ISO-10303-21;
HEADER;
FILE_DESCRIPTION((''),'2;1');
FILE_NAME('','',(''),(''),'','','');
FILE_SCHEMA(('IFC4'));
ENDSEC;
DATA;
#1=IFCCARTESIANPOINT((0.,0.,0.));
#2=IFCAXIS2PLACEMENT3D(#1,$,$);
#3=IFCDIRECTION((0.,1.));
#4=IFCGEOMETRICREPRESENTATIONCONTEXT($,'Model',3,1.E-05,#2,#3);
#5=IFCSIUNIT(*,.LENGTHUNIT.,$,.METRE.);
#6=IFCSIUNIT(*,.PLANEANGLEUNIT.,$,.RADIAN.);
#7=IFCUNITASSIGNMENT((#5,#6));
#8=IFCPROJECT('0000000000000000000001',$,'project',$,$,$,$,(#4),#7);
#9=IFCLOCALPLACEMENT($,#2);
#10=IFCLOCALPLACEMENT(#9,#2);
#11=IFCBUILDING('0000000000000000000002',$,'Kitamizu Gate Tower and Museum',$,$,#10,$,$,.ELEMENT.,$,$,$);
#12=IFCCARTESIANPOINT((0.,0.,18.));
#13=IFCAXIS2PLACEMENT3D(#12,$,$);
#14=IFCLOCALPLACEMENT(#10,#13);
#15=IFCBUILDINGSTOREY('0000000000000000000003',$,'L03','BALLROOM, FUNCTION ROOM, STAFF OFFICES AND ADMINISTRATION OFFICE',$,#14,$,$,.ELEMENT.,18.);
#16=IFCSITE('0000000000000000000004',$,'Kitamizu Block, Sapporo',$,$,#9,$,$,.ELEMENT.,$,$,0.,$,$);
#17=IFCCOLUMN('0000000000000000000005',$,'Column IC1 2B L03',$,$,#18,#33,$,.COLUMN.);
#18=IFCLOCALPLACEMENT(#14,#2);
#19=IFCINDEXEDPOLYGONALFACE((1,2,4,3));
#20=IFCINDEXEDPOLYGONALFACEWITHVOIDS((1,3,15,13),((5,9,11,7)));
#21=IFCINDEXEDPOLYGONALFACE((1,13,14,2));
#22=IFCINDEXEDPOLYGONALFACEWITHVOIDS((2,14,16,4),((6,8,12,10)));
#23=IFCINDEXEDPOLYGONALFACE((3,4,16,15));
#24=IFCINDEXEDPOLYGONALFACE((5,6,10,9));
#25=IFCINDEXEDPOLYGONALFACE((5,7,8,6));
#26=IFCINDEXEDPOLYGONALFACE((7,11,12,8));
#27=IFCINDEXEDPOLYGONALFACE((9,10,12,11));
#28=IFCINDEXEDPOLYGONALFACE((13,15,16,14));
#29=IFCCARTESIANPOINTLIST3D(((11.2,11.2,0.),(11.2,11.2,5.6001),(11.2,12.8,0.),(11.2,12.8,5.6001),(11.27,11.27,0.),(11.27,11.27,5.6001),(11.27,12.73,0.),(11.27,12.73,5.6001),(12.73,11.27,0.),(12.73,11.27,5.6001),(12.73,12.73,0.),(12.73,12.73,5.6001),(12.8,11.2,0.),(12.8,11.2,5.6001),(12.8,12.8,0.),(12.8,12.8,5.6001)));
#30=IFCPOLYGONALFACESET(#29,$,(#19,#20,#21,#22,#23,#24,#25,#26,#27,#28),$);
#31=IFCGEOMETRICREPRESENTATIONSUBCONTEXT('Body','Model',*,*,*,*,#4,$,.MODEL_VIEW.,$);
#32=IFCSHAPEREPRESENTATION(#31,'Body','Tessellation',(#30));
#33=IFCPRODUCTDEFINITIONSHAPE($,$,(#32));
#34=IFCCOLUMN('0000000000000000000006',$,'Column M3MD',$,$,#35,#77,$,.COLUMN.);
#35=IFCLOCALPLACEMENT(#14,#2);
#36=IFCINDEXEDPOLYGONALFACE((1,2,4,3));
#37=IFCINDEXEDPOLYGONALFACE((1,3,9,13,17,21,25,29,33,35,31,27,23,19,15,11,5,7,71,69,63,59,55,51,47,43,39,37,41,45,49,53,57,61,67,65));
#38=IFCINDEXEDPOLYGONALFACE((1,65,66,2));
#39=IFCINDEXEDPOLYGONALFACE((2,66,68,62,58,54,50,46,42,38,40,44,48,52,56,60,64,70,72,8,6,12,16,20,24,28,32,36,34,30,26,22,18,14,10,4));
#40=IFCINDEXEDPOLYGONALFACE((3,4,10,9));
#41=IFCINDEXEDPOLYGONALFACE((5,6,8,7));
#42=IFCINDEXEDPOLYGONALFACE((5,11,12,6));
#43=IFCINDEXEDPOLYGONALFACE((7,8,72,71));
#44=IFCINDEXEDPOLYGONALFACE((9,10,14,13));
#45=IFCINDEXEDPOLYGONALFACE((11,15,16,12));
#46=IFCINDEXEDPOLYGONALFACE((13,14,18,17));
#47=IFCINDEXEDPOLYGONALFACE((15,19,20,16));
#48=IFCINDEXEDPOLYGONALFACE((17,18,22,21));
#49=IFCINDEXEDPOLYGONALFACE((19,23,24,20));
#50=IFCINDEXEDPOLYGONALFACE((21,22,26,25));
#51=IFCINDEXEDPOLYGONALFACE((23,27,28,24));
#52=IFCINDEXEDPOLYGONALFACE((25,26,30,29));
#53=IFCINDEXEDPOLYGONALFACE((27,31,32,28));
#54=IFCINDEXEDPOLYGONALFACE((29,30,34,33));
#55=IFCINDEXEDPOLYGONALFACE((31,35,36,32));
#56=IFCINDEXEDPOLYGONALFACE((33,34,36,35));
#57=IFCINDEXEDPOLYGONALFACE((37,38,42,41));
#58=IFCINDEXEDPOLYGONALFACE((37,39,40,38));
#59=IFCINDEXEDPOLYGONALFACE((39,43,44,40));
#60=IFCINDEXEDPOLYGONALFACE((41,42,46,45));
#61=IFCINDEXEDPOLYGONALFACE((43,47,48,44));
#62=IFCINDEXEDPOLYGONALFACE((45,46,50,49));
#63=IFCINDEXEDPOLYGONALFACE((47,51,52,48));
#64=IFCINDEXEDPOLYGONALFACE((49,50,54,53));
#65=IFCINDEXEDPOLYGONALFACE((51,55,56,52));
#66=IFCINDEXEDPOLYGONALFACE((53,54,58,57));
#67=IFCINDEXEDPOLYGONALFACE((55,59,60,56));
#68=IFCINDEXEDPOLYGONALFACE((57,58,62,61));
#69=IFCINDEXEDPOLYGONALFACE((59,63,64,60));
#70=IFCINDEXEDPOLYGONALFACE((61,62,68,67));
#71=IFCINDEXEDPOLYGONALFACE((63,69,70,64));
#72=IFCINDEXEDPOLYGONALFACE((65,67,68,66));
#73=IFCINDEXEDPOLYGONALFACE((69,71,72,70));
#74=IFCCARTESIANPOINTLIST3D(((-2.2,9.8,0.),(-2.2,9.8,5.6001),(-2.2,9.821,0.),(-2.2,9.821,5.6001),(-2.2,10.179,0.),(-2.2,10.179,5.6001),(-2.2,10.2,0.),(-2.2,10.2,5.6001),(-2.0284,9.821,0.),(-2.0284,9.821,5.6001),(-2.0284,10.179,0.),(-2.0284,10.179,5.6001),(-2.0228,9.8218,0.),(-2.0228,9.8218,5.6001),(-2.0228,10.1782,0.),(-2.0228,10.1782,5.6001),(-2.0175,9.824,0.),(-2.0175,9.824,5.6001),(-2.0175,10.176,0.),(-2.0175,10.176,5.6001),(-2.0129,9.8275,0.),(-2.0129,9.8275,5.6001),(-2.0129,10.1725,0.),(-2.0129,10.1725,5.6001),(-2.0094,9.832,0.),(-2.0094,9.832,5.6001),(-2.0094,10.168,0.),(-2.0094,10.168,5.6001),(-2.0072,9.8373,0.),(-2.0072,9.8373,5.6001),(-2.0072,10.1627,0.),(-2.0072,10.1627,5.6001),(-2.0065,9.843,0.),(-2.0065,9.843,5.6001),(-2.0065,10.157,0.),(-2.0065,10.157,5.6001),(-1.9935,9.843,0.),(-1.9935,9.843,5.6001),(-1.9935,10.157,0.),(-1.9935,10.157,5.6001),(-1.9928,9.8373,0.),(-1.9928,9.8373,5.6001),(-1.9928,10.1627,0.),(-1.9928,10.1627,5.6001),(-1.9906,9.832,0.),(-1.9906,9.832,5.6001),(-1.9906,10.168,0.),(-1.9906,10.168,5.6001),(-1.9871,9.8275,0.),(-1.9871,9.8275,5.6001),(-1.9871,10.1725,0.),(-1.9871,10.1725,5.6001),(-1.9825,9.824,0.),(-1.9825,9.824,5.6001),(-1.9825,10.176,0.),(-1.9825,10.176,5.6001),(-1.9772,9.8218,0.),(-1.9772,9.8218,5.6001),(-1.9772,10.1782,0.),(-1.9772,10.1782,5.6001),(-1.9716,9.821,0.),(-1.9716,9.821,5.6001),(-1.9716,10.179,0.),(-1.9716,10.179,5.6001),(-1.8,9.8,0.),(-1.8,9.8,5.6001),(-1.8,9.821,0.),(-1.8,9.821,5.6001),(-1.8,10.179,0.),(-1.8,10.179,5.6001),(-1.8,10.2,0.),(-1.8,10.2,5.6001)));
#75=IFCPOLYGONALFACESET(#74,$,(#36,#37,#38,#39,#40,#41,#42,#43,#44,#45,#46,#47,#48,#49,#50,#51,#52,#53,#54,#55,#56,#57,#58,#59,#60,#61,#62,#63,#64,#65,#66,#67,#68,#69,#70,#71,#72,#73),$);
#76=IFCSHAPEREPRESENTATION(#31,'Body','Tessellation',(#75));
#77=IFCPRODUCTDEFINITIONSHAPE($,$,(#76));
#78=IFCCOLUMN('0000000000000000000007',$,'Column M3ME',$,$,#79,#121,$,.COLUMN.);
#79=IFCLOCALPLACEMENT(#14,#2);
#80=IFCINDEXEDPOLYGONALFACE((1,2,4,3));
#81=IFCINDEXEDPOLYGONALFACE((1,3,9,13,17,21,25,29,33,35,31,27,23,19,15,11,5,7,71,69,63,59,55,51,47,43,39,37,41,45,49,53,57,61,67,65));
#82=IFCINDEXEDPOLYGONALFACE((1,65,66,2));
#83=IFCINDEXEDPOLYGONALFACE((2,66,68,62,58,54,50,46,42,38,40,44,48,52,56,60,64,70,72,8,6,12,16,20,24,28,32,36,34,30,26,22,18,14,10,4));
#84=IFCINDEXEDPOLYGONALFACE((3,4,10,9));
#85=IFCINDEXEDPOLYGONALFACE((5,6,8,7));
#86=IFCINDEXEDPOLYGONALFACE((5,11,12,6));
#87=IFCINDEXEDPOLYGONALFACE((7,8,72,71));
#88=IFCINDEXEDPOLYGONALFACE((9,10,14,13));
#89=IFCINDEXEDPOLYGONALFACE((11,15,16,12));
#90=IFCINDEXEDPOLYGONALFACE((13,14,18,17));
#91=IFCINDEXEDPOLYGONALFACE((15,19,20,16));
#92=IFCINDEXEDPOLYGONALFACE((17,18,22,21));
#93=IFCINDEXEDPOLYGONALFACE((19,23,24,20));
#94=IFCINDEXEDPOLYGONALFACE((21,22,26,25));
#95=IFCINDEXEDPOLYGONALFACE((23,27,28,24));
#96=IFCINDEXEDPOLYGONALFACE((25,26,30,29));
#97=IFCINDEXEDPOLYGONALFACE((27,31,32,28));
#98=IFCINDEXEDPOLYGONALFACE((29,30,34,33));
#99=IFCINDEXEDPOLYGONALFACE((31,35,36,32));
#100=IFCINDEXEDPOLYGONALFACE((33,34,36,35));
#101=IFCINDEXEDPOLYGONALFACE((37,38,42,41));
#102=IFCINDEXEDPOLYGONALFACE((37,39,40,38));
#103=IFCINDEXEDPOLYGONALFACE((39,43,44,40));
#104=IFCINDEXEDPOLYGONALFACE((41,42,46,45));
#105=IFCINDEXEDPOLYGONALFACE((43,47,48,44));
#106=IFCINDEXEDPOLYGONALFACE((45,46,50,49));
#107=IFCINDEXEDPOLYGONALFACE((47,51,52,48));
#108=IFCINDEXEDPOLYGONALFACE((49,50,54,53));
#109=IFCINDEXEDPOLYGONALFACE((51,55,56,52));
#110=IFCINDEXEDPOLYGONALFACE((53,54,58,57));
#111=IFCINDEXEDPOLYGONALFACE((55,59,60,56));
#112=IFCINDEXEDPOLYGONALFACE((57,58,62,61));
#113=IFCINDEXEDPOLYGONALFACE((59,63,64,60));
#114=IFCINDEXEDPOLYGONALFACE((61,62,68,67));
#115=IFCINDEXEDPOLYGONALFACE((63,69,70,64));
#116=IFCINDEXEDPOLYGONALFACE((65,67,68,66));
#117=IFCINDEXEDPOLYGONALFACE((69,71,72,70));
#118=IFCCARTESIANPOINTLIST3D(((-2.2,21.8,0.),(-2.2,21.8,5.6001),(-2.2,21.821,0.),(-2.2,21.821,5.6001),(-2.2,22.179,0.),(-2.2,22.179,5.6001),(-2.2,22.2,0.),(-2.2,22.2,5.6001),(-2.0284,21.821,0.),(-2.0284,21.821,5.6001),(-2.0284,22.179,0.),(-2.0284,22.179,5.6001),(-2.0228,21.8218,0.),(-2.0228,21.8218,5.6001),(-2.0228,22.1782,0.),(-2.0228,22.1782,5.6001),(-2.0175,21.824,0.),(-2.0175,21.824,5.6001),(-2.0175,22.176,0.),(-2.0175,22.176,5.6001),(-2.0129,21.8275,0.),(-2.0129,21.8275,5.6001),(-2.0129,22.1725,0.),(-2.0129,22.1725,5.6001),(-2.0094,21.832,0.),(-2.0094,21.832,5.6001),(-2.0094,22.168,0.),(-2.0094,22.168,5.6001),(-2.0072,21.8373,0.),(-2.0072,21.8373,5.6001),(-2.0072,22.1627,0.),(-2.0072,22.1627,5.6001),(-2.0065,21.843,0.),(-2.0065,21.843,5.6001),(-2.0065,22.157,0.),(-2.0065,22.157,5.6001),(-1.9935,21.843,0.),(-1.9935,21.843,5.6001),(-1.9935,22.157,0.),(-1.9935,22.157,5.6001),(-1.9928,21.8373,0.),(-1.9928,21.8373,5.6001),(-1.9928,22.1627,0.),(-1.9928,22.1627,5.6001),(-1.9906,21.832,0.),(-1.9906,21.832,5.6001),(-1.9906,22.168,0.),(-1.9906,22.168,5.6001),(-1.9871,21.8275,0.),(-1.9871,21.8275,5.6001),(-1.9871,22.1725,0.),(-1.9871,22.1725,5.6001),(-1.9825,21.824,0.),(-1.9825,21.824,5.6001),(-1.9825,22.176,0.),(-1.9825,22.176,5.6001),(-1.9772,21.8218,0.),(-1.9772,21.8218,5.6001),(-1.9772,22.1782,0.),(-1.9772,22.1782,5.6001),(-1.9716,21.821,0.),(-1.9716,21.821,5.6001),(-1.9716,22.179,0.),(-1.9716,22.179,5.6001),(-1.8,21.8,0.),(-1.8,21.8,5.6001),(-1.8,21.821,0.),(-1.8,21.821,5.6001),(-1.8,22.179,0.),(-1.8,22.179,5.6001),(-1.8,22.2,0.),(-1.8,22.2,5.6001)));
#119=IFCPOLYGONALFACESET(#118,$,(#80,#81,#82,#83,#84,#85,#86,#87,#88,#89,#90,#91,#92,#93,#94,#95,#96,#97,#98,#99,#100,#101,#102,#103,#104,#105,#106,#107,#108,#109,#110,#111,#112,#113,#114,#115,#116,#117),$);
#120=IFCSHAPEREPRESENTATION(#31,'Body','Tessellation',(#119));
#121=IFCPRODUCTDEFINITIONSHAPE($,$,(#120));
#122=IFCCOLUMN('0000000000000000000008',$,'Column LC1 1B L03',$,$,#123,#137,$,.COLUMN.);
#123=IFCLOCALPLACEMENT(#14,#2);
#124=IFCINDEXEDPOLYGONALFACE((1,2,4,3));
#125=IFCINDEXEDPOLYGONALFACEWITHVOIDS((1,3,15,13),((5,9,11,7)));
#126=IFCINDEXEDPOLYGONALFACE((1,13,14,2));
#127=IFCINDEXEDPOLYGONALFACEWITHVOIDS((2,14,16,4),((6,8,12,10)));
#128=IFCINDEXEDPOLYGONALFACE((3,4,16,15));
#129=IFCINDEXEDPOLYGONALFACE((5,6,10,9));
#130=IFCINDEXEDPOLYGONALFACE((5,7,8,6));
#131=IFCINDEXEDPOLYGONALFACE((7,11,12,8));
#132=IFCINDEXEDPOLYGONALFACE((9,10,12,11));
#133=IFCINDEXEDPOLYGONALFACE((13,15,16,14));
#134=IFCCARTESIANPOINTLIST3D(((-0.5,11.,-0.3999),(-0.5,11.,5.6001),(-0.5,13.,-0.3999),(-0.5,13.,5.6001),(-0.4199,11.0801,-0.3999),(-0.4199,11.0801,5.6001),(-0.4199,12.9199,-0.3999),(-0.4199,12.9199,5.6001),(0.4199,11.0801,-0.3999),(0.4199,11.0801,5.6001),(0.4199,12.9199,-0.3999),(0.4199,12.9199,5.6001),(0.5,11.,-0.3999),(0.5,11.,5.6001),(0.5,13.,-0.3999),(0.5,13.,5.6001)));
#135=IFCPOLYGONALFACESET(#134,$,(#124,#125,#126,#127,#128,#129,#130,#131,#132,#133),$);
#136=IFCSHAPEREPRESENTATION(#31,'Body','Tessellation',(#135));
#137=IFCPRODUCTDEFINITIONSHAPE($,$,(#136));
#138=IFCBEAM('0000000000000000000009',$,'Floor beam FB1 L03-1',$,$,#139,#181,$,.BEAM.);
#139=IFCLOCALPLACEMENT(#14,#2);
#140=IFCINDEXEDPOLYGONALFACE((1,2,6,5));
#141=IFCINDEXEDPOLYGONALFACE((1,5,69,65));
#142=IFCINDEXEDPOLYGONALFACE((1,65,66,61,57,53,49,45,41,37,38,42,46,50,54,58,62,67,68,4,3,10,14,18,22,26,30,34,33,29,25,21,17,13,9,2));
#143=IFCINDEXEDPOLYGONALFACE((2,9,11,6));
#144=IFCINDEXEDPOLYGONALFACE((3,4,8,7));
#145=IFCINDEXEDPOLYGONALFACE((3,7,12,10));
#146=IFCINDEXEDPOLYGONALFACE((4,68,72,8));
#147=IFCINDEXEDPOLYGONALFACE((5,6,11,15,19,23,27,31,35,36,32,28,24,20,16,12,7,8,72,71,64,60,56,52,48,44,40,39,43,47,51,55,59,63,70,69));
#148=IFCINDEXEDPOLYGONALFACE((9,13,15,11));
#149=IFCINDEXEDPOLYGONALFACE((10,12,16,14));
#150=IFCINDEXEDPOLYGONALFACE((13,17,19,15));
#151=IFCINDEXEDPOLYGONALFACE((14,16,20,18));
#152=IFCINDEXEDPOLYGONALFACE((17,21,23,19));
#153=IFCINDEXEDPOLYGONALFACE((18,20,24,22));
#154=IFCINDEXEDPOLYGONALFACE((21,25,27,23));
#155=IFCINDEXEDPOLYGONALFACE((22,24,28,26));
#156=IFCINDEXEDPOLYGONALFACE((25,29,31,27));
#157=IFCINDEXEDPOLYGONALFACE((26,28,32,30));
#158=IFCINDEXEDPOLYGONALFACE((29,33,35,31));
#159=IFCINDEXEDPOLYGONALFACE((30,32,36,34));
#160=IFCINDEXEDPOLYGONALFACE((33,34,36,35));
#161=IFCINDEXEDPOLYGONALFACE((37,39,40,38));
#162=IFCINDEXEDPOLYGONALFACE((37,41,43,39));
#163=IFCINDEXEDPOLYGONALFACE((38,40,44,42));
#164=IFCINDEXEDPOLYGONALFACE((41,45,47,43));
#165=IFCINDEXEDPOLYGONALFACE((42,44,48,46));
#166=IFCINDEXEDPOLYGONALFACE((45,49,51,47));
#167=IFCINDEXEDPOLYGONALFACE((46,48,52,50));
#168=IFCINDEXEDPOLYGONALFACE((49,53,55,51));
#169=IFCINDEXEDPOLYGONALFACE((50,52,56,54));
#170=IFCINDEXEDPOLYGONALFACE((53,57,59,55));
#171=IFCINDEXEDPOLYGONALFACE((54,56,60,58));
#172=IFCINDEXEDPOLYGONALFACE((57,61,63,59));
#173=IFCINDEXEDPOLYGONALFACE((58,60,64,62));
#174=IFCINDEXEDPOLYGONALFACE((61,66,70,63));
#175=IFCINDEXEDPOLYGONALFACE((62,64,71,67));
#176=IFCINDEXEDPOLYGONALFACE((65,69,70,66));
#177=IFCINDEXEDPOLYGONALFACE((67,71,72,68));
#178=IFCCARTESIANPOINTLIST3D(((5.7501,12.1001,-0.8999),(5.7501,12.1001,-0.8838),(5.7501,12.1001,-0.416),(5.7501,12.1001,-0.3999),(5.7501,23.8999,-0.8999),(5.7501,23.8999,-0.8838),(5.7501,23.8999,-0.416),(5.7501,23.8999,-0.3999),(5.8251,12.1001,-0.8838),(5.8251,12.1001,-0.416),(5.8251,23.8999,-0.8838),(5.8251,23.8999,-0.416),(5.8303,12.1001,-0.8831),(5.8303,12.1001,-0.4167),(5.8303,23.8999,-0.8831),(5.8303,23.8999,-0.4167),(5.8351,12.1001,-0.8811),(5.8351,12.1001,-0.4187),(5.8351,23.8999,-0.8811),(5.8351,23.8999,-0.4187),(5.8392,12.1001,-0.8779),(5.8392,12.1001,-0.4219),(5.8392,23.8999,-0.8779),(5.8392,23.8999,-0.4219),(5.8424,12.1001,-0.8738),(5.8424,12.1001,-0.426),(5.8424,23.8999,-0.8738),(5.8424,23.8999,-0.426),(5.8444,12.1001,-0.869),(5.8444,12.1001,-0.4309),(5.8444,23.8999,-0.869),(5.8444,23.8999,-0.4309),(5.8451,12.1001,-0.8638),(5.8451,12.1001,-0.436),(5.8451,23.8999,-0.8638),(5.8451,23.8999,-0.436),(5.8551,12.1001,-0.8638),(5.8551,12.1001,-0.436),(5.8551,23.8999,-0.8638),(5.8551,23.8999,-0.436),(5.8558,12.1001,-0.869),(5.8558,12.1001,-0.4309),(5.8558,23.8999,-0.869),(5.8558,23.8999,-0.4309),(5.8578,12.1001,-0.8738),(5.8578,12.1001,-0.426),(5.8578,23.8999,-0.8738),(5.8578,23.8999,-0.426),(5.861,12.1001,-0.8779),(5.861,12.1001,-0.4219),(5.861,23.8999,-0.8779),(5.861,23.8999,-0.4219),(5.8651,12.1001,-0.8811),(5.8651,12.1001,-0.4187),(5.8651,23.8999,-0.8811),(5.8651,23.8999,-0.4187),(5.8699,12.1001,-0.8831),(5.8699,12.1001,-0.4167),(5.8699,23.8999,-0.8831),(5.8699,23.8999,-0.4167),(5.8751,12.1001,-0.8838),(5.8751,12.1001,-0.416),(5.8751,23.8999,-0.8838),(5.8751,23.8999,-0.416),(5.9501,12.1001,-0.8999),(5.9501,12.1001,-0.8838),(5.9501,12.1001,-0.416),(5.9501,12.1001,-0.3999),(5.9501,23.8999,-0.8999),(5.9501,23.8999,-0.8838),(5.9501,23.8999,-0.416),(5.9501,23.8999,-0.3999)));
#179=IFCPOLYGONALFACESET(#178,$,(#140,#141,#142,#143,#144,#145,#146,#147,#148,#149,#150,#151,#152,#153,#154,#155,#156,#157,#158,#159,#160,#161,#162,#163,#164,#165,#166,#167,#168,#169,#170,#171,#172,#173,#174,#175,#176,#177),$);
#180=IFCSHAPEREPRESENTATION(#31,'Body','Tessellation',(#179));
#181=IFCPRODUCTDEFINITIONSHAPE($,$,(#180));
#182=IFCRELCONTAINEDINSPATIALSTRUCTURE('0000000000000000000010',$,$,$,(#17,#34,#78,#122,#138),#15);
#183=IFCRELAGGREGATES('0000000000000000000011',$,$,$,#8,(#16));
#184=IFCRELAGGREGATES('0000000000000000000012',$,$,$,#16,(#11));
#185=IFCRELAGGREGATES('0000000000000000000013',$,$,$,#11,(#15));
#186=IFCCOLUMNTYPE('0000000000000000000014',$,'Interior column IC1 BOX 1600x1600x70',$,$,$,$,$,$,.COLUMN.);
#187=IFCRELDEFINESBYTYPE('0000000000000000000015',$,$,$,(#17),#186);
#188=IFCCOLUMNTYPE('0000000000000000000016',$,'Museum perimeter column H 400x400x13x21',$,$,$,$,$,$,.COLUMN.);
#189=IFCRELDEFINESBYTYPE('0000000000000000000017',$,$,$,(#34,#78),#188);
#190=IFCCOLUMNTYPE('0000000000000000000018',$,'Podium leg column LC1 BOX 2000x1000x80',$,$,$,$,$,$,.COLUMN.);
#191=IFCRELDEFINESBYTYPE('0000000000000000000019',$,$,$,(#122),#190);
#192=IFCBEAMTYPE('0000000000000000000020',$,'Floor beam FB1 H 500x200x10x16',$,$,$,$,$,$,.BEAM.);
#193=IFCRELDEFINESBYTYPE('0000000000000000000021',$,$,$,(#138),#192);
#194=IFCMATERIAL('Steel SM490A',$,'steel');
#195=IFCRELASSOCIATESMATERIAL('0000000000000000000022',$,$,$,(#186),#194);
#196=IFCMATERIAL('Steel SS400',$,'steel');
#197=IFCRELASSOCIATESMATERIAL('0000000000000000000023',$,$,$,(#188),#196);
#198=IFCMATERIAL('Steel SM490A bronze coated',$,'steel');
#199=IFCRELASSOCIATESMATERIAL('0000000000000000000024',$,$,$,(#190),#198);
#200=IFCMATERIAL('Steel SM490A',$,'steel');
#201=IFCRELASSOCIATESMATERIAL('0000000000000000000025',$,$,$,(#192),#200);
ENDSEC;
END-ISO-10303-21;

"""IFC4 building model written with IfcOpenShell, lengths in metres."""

from ifc_helpers import new_model, si_unit, direction, frame, origin, origin_2d, place, context, subcontext, project, spatial, hollow_rectangle, i_section, extrude, material, material_profile, profile_set, type_object, element, save


model = new_model("IFC4")

# Units and contexts
model_context = context("Model", 3, precision=1e-05, world=origin(), true_north=direction((0.0, 1.0)))
body_context = subcontext(model_context, "Body", "Model", "MODEL_VIEW")
ifc_project = project(units=[si_unit("LENGTHUNIT", "METRE"), si_unit("PLANEANGLEUNIT", "RADIAN")], contexts=[model_context])

# Site, building, storey
site_placement = place(None, origin())
site = spatial("IfcSite", under=ifc_project, at=site_placement, Name="Kitamizu Block, Sapporo", CompositionType="ELEMENT", RefElevation=0.0)
building_placement = place(site_placement, origin())
building = spatial("IfcBuilding", under=site, at=building_placement, Name="Kitamizu Gate Tower and Museum", CompositionType="ELEMENT")
storey_placement = place(building_placement, frame((0.0, 0.0, 18.0)))
storey = spatial("IfcBuildingStorey", under=building, at=storey_placement, Name="L03", Description="BALLROOM, FUNCTION ROOM, STAFF OFFICES AND ADMINISTRATION OFFICE", CompositionType="ELEMENT", Elevation=18.0)

# Columns
ifc_material_1 = material(Name="Steel SM490A", Category="steel")
ifc_material_profile_1 = material_profile(ifc_material_1, hollow_rectangle(XDim=1.6001, YDim=1.6001, WallThickness=0.0701, at=origin_2d()), Name="BOX 1600x1600x70")
ifc_profile_set_1 = profile_set([ifc_material_profile_1], Name="Steel SM490A")
column_type_1 = type_object("IfcColumnType", Name="Interior column IC1 BOX 1600x1600x70", PredefinedType="COLUMN", material=ifc_profile_set_1)
column_1_placement = place(storey_placement, frame((12.0, 12.0, 0.0), z_axis=(0.0, 0.0, 1.0), x_axis=(1.0, 0.0, 0.0)))
element("IfcColumn", 1, at=column_1_placement, inside=storey, type_object=column_type_1, Name="Column IC1 2B L03", PredefinedType="COLUMN", context=body_context, shape_type="SweptSolid", body=[
    extrude(hollow_rectangle(XDim=1.6001, YDim=1.6001, WallThickness=0.0701, at=origin_2d()), origin(), (0.0, 0.0, 1.0), 5.6001),
])
ifc_material_2 = material(Name="Steel SS400", Category="steel")
ifc_material_profile_2 = material_profile(ifc_material_2, i_section(OverallWidth=0.3999, OverallDepth=0.3999, WebThickness=0.0129, FlangeThickness=0.021, FilletRadius=0.022, at=origin_2d()), Name="H-400x400x13x21")
ifc_profile_set_2 = profile_set([ifc_material_profile_2], Name="Steel SS400")
column_type_2 = type_object("IfcColumnType", Name="Museum perimeter column H 400x400x13x21", PredefinedType="COLUMN", material=ifc_profile_set_2)
for number, where, z_axis, x_axis, name in (
    (2, (-2.0, 10.0, 0.0), (0.0, 0.0, 1.0), (1.0, 0.0, 0.0), "Column M3MD"),
    (3, (-2.0, 22.0, 0.0), (0.0, 0.0, 1.0), (1.0, 0.0, 0.0), "Column M3ME"),
):
    element("IfcColumn", number, at=place(storey_placement, frame(where, z_axis=z_axis, x_axis=x_axis)), inside=storey, type_object=column_type_2, Name=name, PredefinedType="COLUMN", context=body_context, shape_type="SweptSolid", body=[
        extrude(i_section(OverallWidth=0.3999, OverallDepth=0.3999, WebThickness=0.0129, FlangeThickness=0.021, FilletRadius=0.022, at=origin_2d()), origin(), (0.0, 0.0, 1.0), 5.6001),
    ])
ifc_material_3 = material(Name="Steel SM490A bronze coated", Category="steel")
ifc_material_profile_3 = material_profile(ifc_material_3, hollow_rectangle(XDim=2.0, YDim=1.0, WallThickness=0.0801, at=origin_2d()), Name="BOX 2000x1000x80")
ifc_profile_set_3 = profile_set([ifc_material_profile_3], Name="Steel SM490A bronze coated")
column_type_3 = type_object("IfcColumnType", Name="Podium leg column LC1 BOX 2000x1000x80", PredefinedType="COLUMN", material=ifc_profile_set_3)
column_2_placement = place(storey_placement, frame((0.0, 12.0, -0.3999), z_axis=(0.0, 0.0, 1.0), x_axis=(0.0, 1.0, 0.0)))
element("IfcColumn", 4, at=column_2_placement, inside=storey, type_object=column_type_3, Name="Column LC1 1B L03", PredefinedType="COLUMN", context=body_context, shape_type="SweptSolid", body=[
    extrude(hollow_rectangle(XDim=2.0, YDim=1.0, WallThickness=0.0801, at=origin_2d()), origin(), (0.0, 0.0, 1.0), 6.0),
])

# Beam
ifc_material_4 = material(Name="Steel SM490A", Category="steel")
ifc_material_profile_4 = material_profile(ifc_material_4, i_section(OverallWidth=0.2, OverallDepth=0.5, WebThickness=0.01, FlangeThickness=0.0161, FilletRadius=0.02, at=origin_2d()), Name="H-500x200x10x16")
ifc_profile_set_4 = profile_set([ifc_material_profile_4], Name="Steel SM490A")
beam_type_1 = type_object("IfcBeamType", Name="Floor beam FB1 H 500x200x10x16", PredefinedType="BEAM", material=ifc_profile_set_4)
beam_1_placement = place(storey_placement, frame((5.8501, 12.1001, -0.6499), z_axis=(0.0, 1.0, 0.0), x_axis=(-1.0, 0.0, 0.0)))
element("IfcBeam", 5, at=beam_1_placement, inside=storey, type_object=beam_type_1, Name="Floor beam FB1 L03-1", PredefinedType="BEAM", context=body_context, shape_type="SweptSolid", body=[
    extrude(i_section(OverallWidth=0.2, OverallDepth=0.5, WebThickness=0.01, FlangeThickness=0.0161, FilletRadius=0.02, at=origin_2d()), origin(), (0.0, 0.0, 1.0), 11.7998),
])

save(model, "model.ifc")
